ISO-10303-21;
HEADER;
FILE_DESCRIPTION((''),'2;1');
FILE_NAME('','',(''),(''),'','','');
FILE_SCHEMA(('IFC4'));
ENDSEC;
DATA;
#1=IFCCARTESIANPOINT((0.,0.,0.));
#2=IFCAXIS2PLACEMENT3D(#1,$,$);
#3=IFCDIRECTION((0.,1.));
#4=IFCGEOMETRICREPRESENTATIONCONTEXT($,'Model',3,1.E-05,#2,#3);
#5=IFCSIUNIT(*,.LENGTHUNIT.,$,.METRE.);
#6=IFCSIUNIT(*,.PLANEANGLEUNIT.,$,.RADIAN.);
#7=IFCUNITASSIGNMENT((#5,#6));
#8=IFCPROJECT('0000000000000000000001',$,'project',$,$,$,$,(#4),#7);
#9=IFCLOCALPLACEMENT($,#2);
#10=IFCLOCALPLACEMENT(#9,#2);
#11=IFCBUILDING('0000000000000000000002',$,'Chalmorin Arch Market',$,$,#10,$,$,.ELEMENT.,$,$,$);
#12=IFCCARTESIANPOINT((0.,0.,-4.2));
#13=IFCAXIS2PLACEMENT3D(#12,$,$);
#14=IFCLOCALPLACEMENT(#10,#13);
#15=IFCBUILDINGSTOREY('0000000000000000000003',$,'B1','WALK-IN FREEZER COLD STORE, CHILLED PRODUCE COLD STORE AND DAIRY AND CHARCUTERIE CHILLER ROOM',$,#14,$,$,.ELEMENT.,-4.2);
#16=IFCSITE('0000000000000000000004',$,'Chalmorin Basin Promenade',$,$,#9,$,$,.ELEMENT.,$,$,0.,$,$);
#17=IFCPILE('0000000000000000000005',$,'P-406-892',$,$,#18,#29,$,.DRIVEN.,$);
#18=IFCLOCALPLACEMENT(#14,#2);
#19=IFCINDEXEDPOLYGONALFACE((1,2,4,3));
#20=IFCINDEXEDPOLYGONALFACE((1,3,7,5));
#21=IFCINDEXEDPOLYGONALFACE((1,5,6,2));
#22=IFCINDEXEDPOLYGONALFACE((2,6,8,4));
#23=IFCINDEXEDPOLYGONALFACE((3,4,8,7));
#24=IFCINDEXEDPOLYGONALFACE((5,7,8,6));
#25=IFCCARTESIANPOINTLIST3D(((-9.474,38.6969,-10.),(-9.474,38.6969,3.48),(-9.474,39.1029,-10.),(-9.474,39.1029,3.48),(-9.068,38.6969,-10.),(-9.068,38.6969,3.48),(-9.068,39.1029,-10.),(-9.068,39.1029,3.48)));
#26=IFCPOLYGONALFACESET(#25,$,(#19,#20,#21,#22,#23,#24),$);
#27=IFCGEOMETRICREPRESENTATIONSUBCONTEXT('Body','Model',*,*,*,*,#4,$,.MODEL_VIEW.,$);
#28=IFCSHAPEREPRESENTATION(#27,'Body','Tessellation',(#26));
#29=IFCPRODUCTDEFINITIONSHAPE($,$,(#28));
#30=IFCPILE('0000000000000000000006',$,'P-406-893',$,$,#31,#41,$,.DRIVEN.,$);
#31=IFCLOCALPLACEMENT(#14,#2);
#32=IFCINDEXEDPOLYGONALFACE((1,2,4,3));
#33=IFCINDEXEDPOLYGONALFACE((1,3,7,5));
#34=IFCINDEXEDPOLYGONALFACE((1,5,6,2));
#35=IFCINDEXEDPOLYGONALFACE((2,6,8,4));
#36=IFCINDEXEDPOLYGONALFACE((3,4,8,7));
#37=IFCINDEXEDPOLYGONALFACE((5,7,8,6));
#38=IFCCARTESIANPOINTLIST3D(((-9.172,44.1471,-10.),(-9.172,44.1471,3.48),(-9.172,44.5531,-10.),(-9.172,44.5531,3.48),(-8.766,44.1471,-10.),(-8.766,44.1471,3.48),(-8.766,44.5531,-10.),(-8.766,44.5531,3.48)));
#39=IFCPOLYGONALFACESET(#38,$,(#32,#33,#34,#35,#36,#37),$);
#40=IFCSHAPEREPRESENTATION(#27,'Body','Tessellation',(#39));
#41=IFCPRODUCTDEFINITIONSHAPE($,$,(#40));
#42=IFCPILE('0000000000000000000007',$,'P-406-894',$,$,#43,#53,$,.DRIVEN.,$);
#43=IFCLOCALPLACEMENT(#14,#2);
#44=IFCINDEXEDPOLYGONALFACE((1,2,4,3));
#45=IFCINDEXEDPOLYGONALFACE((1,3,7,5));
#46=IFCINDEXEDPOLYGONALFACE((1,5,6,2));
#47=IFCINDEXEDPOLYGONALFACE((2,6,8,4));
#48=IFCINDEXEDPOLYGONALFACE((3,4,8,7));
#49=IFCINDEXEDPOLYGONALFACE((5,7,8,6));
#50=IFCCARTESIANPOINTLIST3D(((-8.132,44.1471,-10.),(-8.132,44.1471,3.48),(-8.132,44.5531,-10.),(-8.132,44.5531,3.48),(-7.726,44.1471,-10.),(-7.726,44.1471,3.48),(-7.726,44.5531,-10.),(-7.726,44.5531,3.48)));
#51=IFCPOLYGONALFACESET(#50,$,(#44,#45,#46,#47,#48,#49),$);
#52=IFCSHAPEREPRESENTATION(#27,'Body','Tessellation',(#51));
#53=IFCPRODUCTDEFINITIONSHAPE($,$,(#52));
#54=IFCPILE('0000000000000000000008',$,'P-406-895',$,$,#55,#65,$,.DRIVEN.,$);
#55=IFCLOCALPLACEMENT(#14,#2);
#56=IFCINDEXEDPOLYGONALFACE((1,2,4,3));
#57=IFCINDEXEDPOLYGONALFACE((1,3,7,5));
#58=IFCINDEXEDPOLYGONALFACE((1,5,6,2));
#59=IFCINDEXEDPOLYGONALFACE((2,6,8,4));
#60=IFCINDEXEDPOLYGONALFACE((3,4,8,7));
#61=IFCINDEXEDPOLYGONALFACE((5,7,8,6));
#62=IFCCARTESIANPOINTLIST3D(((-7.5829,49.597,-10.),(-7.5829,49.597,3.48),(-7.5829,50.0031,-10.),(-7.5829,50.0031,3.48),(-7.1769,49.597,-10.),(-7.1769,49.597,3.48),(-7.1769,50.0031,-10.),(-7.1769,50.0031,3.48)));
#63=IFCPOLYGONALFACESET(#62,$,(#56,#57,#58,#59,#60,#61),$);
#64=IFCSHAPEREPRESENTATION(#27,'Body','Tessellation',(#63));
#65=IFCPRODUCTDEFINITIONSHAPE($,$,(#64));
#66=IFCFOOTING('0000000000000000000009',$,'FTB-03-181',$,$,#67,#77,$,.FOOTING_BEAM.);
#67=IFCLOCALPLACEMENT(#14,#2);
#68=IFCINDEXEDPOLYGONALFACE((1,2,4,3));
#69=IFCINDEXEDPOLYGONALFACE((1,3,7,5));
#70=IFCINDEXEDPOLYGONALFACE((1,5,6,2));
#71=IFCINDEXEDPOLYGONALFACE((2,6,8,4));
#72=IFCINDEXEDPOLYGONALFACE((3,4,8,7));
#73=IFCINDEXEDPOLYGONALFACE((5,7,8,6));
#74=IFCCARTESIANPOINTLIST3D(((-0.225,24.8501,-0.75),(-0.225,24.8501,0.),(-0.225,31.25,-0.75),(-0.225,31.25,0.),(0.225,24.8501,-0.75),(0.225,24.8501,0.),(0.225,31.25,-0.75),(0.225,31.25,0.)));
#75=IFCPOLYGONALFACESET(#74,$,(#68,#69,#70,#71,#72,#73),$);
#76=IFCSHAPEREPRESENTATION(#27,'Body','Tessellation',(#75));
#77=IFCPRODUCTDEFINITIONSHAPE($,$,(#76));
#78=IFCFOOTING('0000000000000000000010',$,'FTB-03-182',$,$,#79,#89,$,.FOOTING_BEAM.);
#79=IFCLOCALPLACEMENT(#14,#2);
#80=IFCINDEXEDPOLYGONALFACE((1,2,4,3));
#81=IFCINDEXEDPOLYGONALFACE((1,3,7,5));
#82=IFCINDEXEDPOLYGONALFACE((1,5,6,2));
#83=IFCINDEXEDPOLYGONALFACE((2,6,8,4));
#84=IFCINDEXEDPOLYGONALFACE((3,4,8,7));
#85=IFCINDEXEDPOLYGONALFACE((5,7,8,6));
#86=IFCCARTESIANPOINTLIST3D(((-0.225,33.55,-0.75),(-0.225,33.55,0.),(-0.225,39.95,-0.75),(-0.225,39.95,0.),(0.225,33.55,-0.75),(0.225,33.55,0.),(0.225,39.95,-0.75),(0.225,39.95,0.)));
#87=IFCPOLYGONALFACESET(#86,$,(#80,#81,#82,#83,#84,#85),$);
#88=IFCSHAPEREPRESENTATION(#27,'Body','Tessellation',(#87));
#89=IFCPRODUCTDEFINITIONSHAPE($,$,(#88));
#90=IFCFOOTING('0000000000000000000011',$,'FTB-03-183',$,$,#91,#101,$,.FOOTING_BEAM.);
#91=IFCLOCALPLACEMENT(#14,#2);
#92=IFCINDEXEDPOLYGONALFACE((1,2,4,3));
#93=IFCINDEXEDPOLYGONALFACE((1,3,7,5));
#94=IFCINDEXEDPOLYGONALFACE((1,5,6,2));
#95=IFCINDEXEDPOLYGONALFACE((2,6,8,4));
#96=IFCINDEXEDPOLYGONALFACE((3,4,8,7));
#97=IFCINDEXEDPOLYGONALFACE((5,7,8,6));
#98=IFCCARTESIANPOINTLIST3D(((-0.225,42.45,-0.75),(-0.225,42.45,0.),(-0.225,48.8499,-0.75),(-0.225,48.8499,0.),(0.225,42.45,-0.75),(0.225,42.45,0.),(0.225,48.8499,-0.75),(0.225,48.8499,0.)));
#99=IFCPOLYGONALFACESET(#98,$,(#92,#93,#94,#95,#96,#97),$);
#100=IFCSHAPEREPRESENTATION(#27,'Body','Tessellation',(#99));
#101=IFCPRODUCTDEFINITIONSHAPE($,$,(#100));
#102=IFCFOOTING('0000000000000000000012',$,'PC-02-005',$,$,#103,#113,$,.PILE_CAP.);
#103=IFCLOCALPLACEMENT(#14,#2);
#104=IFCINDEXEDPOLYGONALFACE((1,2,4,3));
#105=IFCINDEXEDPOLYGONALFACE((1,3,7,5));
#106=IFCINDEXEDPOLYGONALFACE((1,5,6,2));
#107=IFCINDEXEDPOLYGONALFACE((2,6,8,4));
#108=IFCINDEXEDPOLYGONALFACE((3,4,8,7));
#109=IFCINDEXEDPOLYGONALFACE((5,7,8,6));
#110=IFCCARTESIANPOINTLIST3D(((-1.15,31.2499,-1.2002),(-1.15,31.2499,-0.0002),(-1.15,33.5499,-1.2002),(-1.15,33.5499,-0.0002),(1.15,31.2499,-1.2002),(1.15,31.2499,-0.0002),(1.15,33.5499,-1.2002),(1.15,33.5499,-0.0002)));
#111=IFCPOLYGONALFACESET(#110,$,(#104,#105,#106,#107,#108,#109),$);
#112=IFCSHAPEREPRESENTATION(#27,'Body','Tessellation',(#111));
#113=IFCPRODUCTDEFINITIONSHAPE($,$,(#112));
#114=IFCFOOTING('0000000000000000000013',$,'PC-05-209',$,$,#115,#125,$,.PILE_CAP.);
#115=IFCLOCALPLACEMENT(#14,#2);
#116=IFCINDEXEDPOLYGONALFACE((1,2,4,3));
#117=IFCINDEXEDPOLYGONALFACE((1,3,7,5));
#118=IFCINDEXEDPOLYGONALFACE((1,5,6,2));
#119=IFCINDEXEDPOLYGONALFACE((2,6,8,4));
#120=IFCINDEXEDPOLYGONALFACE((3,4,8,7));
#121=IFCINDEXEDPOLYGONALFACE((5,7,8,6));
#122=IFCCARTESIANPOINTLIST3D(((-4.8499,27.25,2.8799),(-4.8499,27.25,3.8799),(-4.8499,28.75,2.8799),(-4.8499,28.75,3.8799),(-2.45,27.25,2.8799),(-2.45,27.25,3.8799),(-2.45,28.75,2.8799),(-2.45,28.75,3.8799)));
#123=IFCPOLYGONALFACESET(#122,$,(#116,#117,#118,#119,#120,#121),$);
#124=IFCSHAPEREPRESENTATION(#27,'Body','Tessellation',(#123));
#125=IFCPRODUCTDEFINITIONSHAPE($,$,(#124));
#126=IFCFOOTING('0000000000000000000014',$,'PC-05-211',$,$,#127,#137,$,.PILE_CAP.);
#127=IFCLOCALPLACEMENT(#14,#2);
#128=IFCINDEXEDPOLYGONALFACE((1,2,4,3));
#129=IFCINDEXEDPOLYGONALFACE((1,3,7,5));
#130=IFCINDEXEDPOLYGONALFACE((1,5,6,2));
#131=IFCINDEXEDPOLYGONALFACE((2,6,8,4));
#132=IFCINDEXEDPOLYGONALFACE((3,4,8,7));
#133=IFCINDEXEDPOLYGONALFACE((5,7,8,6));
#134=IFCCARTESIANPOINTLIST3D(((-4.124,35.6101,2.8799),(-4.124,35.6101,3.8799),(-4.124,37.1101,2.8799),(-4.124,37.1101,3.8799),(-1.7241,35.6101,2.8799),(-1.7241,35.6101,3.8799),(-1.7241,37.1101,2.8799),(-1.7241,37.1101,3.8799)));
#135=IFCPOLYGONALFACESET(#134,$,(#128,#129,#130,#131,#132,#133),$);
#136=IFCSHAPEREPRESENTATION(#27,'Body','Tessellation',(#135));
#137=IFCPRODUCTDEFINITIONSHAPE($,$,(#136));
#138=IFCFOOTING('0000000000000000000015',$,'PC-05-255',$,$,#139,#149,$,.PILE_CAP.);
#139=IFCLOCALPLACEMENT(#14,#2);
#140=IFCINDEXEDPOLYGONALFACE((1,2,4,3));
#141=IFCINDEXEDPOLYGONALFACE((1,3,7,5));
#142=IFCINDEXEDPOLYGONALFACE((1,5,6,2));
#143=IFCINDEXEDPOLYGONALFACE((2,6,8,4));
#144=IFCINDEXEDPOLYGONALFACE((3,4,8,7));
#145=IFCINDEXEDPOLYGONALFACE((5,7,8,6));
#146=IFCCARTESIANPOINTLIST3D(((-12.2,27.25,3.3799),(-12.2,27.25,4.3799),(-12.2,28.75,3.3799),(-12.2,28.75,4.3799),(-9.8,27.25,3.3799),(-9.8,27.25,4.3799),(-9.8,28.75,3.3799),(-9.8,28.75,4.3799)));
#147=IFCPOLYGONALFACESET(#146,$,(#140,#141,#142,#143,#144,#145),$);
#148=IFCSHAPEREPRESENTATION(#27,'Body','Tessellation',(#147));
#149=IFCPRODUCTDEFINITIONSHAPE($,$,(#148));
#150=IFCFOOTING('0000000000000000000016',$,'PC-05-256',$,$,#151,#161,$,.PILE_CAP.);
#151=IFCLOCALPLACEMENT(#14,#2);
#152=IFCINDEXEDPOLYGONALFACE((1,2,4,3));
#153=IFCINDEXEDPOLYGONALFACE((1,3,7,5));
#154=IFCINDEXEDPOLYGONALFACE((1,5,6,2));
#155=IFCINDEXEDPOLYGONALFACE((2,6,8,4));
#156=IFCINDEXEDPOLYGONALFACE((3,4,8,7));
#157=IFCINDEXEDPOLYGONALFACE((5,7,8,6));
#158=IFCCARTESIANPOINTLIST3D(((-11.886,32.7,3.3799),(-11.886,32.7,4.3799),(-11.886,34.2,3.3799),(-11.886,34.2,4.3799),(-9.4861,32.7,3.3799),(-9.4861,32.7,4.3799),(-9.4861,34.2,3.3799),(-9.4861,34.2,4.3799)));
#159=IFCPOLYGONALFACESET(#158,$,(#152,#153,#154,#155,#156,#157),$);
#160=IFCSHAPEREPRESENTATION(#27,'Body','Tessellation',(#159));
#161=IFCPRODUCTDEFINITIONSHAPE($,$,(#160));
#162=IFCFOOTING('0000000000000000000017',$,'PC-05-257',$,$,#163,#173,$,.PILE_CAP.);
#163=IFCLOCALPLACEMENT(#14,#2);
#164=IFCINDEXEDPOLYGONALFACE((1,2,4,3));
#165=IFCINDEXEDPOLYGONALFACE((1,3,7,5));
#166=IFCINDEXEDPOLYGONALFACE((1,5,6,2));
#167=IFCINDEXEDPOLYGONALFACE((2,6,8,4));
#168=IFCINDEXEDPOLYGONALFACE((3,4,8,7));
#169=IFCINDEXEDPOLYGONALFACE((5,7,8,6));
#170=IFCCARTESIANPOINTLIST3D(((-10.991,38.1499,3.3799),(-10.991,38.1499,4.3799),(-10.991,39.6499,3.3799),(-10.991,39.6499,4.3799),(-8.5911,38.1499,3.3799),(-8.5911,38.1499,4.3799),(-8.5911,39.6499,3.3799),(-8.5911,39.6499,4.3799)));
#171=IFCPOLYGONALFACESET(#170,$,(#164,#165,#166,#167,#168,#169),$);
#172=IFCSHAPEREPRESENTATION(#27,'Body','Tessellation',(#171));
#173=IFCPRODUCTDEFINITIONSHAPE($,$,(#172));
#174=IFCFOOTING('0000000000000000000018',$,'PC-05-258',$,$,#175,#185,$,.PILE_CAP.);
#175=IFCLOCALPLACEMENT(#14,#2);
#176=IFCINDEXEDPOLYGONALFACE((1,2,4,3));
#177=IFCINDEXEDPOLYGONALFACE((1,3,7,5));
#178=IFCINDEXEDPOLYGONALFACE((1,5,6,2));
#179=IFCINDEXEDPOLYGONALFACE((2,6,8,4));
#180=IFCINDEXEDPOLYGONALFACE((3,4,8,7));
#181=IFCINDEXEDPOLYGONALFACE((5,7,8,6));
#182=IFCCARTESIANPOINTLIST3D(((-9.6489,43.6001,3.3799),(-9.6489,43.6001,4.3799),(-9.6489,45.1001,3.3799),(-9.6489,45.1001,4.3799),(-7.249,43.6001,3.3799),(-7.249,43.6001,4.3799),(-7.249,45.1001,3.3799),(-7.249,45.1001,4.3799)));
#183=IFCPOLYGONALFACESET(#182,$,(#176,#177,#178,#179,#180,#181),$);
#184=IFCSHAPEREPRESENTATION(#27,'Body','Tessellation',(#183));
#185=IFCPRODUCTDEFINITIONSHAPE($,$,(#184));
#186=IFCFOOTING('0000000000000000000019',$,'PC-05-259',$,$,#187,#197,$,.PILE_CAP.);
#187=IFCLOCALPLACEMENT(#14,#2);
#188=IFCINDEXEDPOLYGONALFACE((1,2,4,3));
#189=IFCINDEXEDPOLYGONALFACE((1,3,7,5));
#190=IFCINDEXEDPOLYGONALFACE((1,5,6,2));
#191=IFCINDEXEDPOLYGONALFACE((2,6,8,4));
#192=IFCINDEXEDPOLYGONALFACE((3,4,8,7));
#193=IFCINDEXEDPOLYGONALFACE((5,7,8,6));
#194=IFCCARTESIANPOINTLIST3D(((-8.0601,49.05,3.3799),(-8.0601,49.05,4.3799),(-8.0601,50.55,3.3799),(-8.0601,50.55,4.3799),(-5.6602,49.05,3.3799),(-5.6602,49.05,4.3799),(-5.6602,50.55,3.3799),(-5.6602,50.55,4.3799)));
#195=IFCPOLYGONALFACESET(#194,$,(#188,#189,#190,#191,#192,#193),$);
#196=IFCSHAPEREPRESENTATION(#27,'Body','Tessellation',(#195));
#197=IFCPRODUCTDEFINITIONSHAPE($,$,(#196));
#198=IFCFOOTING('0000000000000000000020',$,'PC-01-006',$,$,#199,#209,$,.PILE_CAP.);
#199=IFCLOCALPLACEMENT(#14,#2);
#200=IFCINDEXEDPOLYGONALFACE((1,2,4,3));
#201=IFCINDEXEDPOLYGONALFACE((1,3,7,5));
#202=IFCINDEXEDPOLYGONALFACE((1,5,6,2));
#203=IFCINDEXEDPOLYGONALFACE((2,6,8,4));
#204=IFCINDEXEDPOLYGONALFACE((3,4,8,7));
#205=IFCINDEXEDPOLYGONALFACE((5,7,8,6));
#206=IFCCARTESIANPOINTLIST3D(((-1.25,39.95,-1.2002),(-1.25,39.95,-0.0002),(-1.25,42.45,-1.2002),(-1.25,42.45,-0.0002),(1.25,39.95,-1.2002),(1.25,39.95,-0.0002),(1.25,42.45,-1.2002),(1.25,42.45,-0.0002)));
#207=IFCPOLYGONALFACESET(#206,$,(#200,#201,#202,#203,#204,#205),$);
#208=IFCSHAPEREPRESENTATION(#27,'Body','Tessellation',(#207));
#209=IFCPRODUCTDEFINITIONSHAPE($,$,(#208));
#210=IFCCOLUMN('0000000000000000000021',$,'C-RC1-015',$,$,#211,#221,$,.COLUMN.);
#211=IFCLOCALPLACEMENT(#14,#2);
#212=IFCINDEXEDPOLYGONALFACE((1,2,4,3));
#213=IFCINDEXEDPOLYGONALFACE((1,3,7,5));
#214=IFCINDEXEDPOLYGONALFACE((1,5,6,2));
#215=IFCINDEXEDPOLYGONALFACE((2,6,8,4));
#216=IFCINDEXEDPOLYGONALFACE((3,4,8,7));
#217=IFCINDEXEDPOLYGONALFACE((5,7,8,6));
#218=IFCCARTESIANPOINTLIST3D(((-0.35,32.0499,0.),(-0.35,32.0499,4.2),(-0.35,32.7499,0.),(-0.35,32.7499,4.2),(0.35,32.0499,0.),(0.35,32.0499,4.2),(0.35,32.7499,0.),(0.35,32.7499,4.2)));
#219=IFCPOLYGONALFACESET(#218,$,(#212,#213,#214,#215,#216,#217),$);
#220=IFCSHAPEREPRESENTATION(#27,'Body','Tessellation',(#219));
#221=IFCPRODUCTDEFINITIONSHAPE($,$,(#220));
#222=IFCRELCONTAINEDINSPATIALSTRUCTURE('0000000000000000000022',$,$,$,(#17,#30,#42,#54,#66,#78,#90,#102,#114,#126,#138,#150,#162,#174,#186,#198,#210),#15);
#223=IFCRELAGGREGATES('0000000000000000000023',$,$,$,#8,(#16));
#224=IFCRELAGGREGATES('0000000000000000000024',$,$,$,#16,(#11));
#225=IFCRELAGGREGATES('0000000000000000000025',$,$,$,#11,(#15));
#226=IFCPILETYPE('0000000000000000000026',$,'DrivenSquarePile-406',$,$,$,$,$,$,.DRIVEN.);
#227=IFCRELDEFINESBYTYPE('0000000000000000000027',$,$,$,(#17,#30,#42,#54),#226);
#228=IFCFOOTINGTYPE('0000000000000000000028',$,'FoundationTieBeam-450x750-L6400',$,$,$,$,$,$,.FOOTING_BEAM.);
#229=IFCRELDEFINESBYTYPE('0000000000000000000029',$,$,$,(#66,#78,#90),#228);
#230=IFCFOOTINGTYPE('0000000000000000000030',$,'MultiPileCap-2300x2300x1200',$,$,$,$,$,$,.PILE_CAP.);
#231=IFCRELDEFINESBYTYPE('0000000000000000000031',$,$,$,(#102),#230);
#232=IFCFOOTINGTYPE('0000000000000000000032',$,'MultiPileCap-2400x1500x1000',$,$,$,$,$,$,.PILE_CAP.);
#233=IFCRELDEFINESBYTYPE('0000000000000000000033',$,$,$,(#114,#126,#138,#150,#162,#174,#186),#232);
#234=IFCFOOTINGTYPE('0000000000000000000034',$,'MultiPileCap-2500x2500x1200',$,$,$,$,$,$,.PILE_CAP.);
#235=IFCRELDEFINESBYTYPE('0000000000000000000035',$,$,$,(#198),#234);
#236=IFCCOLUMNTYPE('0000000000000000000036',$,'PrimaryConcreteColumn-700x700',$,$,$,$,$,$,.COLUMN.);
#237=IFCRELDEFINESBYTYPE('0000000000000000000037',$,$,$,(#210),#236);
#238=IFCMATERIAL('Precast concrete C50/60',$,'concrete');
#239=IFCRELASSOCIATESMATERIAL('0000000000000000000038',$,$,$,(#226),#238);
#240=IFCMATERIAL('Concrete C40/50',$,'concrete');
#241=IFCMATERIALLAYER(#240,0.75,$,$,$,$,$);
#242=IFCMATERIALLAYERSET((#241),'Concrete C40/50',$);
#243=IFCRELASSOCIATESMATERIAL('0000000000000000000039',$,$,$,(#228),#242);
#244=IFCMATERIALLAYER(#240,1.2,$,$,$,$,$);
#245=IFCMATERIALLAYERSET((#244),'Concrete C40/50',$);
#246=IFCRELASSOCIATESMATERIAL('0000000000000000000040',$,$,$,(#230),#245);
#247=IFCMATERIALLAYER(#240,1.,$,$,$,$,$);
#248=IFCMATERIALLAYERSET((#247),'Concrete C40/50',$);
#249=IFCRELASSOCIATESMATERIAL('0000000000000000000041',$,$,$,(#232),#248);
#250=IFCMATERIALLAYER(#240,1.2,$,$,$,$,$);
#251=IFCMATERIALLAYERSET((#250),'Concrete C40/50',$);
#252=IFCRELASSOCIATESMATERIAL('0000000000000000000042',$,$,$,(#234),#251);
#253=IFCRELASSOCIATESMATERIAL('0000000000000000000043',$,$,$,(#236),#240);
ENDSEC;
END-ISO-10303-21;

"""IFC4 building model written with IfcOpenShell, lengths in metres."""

from ifc_helpers import new_model, si_unit, direction, frame, origin, origin_2d, place, context, subcontext, project, spatial, rectangle, extrude, material, layer, layer_set, material_profile, profile_set, type_object, element, save


model = new_model("IFC4")

# Units and contexts
model_context = context("Model", 3, precision=1e-05, world=origin(), true_north=direction((0.0, 1.0)))
body_context = subcontext(model_context, "Body", "Model", "MODEL_VIEW")
ifc_project = project(units=[si_unit("LENGTHUNIT", "METRE"), si_unit("PLANEANGLEUNIT", "RADIAN")], contexts=[model_context])

# Site, building, storey
site_placement = place(None, origin())
site = spatial("IfcSite", under=ifc_project, at=site_placement, Name="Chalmorin Basin Promenade", CompositionType="ELEMENT", RefElevation=0.0)
building_placement = place(site_placement, origin())
building = spatial("IfcBuilding", under=site, at=building_placement, Name="Chalmorin Arch Market", CompositionType="ELEMENT")
storey_placement = place(building_placement, frame((0.0, 0.0, -4.2)))
storey = spatial("IfcBuildingStorey", under=building, at=storey_placement, Name="B1", Description="WALK-IN FREEZER COLD STORE, CHILLED PRODUCE COLD STORE AND DAIRY AND CHARCUTERIE CHILLER ROOM", CompositionType="ELEMENT", Elevation=-4.2)

# Piles
ifc_material_1 = material(Name="Precast concrete C50/60", Category="concrete")
ifc_material_profile_1 = material_profile(ifc_material_1, rectangle(XDim=0.406, YDim=0.406, at=origin_2d()), Name="PPC406")
ifc_profile_set_1 = profile_set([ifc_material_profile_1], Name="Precast concrete C50/60")
pile_type = type_object("IfcPileType", Name="DrivenSquarePile-406", PredefinedType="DRIVEN", material=ifc_profile_set_1)
for number, where, z_axis, x_axis, name in (
    (1, (-9.271, 38.8999, 3.48), (0.0, 0.0, -1.0), (1.0, 0.0, 0.0), "P-406-892"),
    (2, (-8.969, 44.3501, 3.48), (0.0, 0.0, -1.0), (1.0, 0.0, 0.0), "P-406-893"),
    (3, (-7.929, 44.3501, 3.48), (0.0, 0.0, -1.0), (1.0, 0.0, 0.0), "P-406-894"),
    (4, (-7.3799, 49.8, 3.48), (0.0, 0.0, -1.0), (1.0, 0.0, 0.0), "P-406-895"),
):
    element("IfcPile", number, at=place(storey_placement, frame(where, z_axis=z_axis, x_axis=x_axis)), inside=storey, type_object=pile_type, Name=name, PredefinedType="DRIVEN", context=body_context, shape_type="SweptSolid", body=[
        extrude(rectangle(XDim=0.406, YDim=0.406, at=origin_2d()), origin(), (0.0, 0.0, 1.0), 13.48),
    ])

# Footings
ifc_material_2 = material(Name="Concrete C40/50", Category="concrete")
ifc_layer_1 = layer(ifc_material_2, 0.75)
ifc_layer_set_1 = layer_set([ifc_layer_1], Name="Concrete C40/50")
footing_type_1 = type_object("IfcFootingType", Name="FoundationTieBeam-450x750-L6400", PredefinedType="FOOTING_BEAM", material=ifc_layer_set_1)
for number, where, z_axis, x_axis, name in (
    (5, (0.0, 28.05, -0.75), (0.0, 0.0, 1.0), (0.0, 1.0, 0.0), "FTB-03-181"),
    (6, (0.0, 36.75, -0.75), (0.0, 0.0, 1.0), (0.0, 1.0, 0.0), "FTB-03-182"),
    (7, (0.0, 45.6499, -0.75), (0.0, 0.0, 1.0), (0.0, 1.0, 0.0), "FTB-03-183"),
):
    element("IfcFooting", number, at=place(storey_placement, frame(where, z_axis=z_axis, x_axis=x_axis)), inside=storey, type_object=footing_type_1, Name=name, PredefinedType="FOOTING_BEAM", context=body_context, shape_type="SweptSolid", body=[
        extrude(rectangle(XDim=6.3999, YDim=0.45, at=origin_2d()), origin(), (0.0, 0.0, 1.0), 0.75),
    ])
ifc_layer_2 = layer(ifc_material_2, 1.2)
ifc_layer_set_2 = layer_set([ifc_layer_2], Name="Concrete C40/50")
footing_type_2 = type_object("IfcFootingType", Name="MultiPileCap-2300x2300x1200", PredefinedType="PILE_CAP", material=ifc_layer_set_2)
footing_1_placement = place(storey_placement, frame((0.0, 32.3999, -1.2002), z_axis=(0.0, 0.0, 1.0), x_axis=(1.0, 0.0, 0.0)))
element("IfcFooting", 8, at=footing_1_placement, inside=storey, type_object=footing_type_2, Name="PC-02-005", PredefinedType="PILE_CAP", context=body_context, shape_type="SweptSolid", body=[
    extrude(rectangle(XDim=2.3, YDim=2.3, at=origin_2d()), origin(), (0.0, 0.0, 1.0), 1.2),
])
ifc_layer_3 = layer(ifc_material_2, 1.0)
ifc_layer_set_3 = layer_set([ifc_layer_3], Name="Concrete C40/50")
footing_type_3 = type_object("IfcFootingType", Name="MultiPileCap-2400x1500x1000", PredefinedType="PILE_CAP", material=ifc_layer_set_3)
for number, where, z_axis, x_axis, name in (
    (9, (-3.6499, 28.0, 2.8799), (0.0, 0.0, 1.0), (1.0, 0.0, 0.0), "PC-05-209"),
    (10, (-2.9241, 36.3601, 2.8799), (0.0, 0.0, 1.0), (1.0, 0.0, 0.0), "PC-05-211"),
    (11, (-11.0, 28.0, 3.3799), (0.0, 0.0, 1.0), (1.0, 0.0, 0.0), "PC-05-255"),
    (12, (-10.686, 33.45, 3.3799), (0.0, 0.0, 1.0), (1.0, 0.0, 0.0), "PC-05-256"),
    (13, (-9.791, 38.8999, 3.3799), (0.0, 0.0, 1.0), (1.0, 0.0, 0.0), "PC-05-257"),
    (14, (-8.449, 44.3501, 3.3799), (0.0, 0.0, 1.0), (1.0, 0.0, 0.0), "PC-05-258"),
    (15, (-6.8601, 49.8, 3.3799), (0.0, 0.0, 1.0), (1.0, 0.0, 0.0), "PC-05-259"),
):
    element("IfcFooting", number, at=place(storey_placement, frame(where, z_axis=z_axis, x_axis=x_axis)), inside=storey, type_object=footing_type_3, Name=name, PredefinedType="PILE_CAP", context=body_context, shape_type="SweptSolid", body=[
        extrude(rectangle(XDim=2.3999, YDim=1.5, at=origin_2d()), origin(), (0.0, 0.0, 1.0), 1.0),
    ])
ifc_layer_4 = layer(ifc_material_2, 1.2)
ifc_layer_set_4 = layer_set([ifc_layer_4], Name="Concrete C40/50")
footing_type_4 = type_object("IfcFootingType", Name="MultiPileCap-2500x2500x1200", PredefinedType="PILE_CAP", material=ifc_layer_set_4)
footing_2_placement = place(storey_placement, frame((0.0, 41.2, -1.2002), z_axis=(0.0, 0.0, 1.0), x_axis=(1.0, 0.0, 0.0)))
element("IfcFooting", 16, at=footing_2_placement, inside=storey, type_object=footing_type_4, Name="PC-01-006", PredefinedType="PILE_CAP", context=body_context, shape_type="SweptSolid", body=[
    extrude(rectangle(XDim=2.5, YDim=2.5, at=origin_2d()), origin(), (0.0, 0.0, 1.0), 1.2),
])

# Column
ifc_material_profile_2 = material_profile(ifc_material_2, rectangle(XDim=0.7, YDim=0.7, at=origin_2d()), Name="RC700X700")
ifc_profile_set_2 = profile_set([ifc_material_profile_2], Name="Concrete C40/50")
column_type = type_object("IfcColumnType", Name="PrimaryConcreteColumn-700x700", PredefinedType="COLUMN", material=ifc_profile_set_2)
for number, where, z_axis, x_axis, name in (
    (17, (0.0, 32.3999, 0.0), (0.0, 0.0, 1.0), (1.0, 0.0, 0.0), "C-RC1-015"),
):
    element("IfcColumn", number, at=place(storey_placement, frame(where, z_axis=z_axis, x_axis=x_axis)), inside=storey, type_object=column_type, Name=name, PredefinedType="COLUMN", context=body_context, shape_type="SweptSolid", body=[
        extrude(rectangle(XDim=0.7, YDim=0.7, at=origin_2d()), origin(), (0.0, 0.0, 1.0), 4.2),
    ])

save(model, "model.ifc")
